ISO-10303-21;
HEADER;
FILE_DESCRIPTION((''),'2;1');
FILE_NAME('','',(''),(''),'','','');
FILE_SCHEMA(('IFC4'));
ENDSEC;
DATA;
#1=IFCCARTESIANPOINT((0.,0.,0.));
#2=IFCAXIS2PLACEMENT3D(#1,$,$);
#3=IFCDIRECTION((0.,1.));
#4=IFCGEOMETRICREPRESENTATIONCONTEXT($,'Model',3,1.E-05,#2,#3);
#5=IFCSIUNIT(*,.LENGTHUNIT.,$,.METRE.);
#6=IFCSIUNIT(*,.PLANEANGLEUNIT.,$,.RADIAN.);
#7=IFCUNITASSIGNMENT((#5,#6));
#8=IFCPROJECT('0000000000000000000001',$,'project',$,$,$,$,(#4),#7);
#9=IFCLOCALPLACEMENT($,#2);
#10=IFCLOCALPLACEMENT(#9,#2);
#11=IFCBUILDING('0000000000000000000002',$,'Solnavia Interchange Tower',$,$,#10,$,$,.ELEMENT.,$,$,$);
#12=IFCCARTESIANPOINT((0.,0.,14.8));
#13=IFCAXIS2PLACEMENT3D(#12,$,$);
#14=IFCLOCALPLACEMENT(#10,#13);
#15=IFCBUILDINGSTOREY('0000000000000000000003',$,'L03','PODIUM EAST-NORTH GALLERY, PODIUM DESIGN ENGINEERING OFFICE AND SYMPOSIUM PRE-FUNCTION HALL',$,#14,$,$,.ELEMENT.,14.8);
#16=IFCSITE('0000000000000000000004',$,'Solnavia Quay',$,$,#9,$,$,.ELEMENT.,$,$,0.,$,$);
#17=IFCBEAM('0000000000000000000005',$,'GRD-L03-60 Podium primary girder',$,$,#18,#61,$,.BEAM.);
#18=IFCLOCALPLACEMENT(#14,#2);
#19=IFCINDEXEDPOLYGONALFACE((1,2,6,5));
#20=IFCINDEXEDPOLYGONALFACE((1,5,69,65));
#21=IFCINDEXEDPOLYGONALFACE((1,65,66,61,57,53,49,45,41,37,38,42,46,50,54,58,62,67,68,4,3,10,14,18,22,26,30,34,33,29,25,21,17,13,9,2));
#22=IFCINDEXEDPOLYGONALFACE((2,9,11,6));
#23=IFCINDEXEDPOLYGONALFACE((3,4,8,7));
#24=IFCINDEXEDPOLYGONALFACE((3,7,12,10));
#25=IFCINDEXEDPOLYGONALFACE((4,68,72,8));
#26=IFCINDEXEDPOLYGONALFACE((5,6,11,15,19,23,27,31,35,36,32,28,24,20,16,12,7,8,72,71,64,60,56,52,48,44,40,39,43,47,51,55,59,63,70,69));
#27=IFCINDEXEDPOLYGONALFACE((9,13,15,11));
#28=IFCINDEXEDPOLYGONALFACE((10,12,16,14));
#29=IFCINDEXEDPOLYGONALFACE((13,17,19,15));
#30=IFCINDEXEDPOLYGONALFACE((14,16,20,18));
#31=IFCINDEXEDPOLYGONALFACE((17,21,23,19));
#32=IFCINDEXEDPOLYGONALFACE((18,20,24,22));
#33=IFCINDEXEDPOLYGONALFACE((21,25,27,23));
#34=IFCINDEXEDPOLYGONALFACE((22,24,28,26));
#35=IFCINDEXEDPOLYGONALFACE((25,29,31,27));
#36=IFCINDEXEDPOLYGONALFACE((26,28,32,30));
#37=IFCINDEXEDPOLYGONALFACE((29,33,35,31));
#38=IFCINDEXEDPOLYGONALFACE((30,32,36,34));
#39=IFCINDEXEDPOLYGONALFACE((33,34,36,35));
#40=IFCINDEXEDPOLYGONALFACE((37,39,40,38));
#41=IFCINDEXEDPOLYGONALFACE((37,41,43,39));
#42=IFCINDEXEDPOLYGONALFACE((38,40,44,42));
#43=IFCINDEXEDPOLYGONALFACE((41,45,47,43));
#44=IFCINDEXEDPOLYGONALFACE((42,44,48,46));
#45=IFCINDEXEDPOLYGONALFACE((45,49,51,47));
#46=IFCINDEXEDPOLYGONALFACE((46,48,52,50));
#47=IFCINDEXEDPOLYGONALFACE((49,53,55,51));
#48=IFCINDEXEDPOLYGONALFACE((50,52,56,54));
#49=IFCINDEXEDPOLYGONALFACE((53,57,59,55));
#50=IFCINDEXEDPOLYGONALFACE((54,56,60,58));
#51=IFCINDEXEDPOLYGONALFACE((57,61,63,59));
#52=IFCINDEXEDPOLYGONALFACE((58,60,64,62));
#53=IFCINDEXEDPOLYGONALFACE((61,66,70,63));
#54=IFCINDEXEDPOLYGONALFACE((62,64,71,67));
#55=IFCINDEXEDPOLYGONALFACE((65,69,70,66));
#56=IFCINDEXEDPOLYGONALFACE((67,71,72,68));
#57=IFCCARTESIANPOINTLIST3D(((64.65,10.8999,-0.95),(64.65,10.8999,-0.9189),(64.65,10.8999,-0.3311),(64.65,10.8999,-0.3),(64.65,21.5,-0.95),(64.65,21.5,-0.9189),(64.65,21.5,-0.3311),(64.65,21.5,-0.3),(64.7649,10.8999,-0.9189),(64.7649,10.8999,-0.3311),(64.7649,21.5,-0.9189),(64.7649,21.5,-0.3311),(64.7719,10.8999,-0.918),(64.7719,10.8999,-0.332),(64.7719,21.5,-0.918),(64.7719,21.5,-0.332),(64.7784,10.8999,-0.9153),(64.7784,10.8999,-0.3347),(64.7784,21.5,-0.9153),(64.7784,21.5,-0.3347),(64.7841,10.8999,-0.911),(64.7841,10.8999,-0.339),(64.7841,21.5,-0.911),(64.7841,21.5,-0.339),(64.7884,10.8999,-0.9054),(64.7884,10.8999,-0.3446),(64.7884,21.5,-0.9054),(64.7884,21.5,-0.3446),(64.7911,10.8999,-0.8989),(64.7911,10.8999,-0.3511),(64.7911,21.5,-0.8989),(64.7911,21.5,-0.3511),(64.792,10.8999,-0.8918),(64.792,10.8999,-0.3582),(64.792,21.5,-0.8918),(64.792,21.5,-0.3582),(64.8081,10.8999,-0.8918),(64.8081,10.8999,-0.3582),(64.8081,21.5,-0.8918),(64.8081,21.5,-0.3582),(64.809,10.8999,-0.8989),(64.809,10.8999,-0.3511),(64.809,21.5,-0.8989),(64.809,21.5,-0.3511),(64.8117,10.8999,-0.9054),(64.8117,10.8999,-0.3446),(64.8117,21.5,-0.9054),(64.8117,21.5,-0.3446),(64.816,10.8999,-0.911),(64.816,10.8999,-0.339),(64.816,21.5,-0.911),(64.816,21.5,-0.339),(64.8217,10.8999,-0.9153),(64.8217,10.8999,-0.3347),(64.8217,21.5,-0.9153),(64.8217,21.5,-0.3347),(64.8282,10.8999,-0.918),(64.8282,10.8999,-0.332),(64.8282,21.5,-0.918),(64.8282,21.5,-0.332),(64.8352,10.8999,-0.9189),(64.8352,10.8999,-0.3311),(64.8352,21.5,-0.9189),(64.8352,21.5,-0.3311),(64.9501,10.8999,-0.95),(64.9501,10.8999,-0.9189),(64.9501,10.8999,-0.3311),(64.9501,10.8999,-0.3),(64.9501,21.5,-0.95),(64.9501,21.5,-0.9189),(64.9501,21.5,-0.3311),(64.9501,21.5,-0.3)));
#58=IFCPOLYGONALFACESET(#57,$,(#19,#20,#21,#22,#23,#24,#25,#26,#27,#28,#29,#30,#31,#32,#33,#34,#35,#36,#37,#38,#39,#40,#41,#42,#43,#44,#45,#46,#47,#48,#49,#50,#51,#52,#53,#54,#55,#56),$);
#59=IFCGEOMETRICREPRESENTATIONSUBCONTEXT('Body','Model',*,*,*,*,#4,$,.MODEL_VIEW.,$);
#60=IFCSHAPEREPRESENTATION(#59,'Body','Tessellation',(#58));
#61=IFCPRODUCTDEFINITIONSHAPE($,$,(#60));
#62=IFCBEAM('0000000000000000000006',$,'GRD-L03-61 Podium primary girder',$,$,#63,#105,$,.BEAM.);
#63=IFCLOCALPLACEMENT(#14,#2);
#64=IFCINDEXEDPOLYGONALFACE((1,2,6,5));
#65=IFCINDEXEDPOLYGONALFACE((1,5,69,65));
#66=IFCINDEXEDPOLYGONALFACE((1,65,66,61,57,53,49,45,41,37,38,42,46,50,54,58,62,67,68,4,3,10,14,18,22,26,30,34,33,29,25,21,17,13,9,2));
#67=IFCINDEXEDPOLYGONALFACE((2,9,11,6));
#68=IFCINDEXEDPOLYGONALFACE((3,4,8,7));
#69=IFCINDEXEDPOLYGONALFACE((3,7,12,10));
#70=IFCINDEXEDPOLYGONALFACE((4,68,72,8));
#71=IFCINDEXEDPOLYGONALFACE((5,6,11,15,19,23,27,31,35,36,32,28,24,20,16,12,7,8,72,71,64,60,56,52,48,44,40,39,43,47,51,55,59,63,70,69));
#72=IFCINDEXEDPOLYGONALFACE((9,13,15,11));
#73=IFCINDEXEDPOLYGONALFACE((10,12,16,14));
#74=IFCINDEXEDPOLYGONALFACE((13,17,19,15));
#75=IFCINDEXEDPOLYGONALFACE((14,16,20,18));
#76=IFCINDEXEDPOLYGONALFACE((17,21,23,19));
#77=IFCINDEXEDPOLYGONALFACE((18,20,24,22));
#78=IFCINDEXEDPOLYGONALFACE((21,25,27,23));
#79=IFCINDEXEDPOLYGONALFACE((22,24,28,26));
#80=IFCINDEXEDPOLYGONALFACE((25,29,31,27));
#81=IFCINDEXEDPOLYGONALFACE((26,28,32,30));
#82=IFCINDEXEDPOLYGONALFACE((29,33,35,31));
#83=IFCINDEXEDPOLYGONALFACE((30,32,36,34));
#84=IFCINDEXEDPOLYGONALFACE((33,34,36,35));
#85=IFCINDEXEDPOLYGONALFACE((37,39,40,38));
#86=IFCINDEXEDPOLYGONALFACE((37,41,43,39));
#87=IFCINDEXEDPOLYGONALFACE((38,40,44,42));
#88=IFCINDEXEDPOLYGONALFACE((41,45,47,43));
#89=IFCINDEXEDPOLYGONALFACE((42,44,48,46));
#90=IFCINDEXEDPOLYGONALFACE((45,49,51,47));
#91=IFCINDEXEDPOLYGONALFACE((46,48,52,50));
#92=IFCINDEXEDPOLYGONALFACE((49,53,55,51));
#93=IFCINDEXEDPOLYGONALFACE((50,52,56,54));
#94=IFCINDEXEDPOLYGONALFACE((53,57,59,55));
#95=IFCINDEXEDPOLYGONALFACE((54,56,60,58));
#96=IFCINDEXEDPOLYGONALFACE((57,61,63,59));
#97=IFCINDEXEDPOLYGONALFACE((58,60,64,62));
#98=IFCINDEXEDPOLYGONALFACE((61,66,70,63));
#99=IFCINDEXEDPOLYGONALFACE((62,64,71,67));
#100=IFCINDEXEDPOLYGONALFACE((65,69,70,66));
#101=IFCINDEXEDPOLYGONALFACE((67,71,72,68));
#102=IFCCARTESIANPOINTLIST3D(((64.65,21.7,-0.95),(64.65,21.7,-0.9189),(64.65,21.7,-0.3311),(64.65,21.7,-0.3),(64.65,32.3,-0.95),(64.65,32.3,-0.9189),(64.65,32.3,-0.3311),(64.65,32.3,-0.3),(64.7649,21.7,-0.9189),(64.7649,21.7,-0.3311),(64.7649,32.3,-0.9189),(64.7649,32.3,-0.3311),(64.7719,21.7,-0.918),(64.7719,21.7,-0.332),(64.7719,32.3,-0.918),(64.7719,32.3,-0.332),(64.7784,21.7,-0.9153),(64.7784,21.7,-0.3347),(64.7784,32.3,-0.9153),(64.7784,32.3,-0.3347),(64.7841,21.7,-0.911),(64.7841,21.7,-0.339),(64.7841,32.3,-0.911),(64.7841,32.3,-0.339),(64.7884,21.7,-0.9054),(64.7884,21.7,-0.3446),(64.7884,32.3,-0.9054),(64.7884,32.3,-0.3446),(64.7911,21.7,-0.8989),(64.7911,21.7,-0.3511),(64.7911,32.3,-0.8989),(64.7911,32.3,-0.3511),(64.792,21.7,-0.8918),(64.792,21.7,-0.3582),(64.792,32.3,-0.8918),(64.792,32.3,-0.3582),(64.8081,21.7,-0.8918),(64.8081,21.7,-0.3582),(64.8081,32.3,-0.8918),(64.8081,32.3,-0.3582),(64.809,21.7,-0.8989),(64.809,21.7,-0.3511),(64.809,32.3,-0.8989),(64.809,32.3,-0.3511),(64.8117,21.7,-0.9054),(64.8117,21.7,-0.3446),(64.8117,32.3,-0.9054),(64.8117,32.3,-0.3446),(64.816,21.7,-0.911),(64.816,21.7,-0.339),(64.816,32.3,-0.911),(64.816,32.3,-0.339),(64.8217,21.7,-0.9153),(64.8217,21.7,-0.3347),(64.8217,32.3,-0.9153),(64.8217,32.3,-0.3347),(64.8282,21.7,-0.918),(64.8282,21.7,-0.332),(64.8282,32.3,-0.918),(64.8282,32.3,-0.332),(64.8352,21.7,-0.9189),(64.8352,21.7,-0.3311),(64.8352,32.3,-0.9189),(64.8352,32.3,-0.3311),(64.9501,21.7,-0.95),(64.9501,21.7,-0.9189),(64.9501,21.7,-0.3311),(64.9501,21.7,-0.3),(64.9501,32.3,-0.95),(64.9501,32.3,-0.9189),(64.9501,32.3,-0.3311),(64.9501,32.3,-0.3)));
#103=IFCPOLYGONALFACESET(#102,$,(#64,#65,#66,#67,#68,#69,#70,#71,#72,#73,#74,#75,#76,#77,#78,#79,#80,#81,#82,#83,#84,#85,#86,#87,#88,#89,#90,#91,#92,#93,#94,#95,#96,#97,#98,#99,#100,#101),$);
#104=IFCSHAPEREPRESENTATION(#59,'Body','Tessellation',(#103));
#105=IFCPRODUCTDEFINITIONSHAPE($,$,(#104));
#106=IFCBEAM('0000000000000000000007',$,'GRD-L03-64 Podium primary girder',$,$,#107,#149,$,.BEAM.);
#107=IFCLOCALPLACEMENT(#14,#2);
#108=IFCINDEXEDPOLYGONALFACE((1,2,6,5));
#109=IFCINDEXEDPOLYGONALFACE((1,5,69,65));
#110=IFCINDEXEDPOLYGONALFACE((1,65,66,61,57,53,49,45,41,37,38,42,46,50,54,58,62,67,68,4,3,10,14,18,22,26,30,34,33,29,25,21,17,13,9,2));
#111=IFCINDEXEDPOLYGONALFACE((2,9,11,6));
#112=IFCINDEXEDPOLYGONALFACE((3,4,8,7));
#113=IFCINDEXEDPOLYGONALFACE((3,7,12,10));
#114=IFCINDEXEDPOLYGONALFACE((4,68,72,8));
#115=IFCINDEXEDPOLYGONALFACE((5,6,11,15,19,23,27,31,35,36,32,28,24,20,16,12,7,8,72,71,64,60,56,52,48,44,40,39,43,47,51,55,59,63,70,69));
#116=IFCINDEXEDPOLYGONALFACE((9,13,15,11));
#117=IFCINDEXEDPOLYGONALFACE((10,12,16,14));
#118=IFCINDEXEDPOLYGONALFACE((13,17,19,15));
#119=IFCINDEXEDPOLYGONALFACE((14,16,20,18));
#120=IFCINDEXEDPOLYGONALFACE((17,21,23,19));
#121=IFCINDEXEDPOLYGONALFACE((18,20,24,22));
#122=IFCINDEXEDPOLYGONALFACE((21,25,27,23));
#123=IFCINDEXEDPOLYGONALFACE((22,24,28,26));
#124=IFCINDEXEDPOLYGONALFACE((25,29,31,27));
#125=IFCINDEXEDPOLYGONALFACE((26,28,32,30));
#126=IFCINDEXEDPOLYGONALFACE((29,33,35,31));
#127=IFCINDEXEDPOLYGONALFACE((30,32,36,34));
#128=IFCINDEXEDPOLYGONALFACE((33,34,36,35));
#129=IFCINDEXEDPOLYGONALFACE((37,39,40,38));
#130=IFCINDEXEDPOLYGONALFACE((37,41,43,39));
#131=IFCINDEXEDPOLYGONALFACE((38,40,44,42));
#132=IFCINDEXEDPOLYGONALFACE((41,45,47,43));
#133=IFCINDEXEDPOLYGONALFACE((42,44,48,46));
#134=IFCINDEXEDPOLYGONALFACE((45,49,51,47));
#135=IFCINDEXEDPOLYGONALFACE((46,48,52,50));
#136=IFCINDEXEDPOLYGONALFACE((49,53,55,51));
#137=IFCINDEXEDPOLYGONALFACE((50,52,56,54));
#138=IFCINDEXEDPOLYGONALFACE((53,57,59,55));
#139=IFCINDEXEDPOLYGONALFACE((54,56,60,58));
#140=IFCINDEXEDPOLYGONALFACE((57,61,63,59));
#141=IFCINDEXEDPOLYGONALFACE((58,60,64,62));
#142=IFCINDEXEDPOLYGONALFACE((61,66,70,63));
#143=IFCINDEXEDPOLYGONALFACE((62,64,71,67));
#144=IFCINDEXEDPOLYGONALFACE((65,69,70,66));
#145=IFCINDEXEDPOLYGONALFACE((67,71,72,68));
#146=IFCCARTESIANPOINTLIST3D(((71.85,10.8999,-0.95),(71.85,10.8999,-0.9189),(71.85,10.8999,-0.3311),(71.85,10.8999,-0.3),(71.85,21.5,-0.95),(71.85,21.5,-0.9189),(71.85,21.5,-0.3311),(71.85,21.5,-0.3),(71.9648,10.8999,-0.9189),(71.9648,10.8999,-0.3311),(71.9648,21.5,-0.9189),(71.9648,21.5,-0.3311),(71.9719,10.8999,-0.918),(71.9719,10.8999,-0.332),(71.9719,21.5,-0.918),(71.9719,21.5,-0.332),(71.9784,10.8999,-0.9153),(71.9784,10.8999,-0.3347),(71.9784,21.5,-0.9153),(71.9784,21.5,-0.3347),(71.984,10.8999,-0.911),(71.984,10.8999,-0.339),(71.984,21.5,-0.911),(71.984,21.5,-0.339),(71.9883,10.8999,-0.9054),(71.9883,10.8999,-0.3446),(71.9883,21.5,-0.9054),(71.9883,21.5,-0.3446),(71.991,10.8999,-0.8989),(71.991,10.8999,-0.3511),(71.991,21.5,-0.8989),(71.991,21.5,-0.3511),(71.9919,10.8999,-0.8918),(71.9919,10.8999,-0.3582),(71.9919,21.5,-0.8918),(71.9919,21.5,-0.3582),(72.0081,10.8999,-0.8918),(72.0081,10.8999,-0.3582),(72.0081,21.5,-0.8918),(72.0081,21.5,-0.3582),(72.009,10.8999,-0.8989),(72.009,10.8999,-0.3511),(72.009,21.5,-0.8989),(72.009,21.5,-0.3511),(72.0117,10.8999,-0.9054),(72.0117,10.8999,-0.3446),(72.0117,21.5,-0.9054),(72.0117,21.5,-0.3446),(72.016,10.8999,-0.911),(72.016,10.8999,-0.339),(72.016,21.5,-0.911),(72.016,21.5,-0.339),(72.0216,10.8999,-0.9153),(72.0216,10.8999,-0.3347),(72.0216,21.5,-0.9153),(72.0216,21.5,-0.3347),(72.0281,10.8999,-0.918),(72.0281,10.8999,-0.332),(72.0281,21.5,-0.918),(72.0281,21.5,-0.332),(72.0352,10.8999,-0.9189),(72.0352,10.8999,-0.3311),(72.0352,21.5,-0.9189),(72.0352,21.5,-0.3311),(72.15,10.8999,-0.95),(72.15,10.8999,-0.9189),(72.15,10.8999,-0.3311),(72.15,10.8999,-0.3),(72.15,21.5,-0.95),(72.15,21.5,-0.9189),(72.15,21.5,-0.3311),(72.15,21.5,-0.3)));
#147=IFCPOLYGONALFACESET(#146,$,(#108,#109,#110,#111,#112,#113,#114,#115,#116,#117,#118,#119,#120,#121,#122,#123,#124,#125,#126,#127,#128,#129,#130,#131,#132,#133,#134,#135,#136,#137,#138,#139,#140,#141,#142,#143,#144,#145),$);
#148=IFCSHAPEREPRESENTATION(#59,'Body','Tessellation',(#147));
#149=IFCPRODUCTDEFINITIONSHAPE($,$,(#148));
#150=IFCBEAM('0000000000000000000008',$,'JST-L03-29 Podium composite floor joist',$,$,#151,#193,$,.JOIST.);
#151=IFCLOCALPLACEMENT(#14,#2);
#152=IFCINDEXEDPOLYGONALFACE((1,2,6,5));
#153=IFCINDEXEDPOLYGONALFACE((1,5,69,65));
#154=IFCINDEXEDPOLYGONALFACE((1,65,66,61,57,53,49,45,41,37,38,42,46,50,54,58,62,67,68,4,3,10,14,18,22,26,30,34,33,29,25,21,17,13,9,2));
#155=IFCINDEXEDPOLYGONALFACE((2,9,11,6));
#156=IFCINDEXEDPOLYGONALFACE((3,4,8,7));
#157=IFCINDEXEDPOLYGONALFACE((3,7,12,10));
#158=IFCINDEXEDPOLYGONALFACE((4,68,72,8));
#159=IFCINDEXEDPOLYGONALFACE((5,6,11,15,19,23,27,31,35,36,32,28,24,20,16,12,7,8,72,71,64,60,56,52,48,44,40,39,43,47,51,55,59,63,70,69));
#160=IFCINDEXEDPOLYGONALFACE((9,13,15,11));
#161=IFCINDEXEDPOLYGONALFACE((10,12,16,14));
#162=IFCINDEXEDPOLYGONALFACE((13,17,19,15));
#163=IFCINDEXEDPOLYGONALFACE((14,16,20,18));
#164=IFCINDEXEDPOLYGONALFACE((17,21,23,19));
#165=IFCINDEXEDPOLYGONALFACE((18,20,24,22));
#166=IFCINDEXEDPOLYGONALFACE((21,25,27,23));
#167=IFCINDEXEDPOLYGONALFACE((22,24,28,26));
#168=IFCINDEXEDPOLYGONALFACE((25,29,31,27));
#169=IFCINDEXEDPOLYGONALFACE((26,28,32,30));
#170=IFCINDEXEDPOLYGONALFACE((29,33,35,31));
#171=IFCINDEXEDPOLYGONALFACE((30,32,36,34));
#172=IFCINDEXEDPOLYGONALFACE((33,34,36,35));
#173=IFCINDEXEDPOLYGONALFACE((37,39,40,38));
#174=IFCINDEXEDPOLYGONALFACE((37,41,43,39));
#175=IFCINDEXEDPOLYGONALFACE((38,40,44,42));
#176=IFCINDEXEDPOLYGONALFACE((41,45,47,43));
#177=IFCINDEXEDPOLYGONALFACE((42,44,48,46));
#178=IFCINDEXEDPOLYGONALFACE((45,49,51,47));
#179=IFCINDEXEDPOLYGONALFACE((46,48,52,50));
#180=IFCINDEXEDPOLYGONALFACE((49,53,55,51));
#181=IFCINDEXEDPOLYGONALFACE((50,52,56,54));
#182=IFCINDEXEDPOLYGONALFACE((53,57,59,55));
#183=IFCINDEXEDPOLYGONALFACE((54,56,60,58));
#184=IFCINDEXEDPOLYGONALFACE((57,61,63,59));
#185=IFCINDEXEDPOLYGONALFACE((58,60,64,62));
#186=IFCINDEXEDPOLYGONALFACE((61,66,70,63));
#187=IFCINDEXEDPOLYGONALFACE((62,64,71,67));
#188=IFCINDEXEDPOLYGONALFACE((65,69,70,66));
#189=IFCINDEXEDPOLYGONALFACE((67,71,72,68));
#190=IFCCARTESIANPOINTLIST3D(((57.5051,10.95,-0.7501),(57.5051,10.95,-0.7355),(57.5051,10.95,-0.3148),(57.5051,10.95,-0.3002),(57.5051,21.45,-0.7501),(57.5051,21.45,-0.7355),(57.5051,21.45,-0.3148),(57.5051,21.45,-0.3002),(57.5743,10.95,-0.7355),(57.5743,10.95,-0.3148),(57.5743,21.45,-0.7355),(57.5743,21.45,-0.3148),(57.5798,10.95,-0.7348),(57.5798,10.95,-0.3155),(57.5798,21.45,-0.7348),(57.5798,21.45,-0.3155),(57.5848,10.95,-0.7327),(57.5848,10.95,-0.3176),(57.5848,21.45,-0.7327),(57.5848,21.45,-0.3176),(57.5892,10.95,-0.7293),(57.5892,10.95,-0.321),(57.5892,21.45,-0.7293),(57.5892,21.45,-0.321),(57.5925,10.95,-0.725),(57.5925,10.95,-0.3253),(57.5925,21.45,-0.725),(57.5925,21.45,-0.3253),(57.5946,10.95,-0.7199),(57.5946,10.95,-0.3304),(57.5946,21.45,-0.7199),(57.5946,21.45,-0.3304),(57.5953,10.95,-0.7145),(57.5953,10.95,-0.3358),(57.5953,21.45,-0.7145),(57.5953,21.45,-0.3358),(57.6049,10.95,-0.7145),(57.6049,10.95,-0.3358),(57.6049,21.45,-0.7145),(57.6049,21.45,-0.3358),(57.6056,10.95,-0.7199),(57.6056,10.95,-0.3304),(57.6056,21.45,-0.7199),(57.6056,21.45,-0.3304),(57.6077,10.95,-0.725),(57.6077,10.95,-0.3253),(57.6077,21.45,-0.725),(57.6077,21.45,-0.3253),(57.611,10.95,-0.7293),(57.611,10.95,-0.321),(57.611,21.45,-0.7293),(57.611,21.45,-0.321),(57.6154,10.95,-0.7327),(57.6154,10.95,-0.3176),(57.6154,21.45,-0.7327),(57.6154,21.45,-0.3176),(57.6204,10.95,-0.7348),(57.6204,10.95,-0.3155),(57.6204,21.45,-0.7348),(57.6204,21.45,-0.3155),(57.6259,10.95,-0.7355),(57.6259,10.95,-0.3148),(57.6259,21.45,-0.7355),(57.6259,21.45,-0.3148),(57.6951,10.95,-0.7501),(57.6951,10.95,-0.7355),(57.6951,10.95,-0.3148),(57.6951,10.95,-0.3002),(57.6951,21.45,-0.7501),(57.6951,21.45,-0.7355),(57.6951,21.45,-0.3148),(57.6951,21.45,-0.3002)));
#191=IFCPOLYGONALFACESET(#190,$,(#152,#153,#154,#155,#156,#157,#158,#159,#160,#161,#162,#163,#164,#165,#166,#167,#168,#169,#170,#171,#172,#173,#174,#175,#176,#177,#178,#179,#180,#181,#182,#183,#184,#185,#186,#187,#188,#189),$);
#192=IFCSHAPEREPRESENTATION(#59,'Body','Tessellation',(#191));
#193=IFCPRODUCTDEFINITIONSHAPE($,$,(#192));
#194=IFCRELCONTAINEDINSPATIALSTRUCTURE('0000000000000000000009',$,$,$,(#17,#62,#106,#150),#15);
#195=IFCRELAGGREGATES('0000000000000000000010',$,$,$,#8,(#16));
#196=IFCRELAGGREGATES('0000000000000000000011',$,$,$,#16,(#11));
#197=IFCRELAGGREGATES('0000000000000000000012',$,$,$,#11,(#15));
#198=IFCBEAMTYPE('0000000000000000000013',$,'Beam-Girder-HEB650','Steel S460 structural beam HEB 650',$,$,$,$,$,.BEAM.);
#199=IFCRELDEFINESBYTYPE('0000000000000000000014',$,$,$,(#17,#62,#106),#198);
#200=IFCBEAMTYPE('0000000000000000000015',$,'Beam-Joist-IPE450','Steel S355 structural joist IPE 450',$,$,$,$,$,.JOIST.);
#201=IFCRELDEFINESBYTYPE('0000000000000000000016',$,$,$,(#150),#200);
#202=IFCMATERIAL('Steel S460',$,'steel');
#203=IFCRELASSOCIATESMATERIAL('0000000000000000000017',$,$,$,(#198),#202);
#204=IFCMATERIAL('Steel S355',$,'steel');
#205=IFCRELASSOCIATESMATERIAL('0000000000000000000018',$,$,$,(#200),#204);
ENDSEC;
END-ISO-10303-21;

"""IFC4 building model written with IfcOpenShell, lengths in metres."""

from ifc_helpers import new_model, si_unit, direction, frame, origin, origin_2d, place, context, subcontext, project, spatial, i_section, extrude, material, material_profile, profile_set, type_object, element, save


model = new_model("IFC4")

# Units and contexts
model_context = context("Model", 3, precision=1e-05, world=origin(), true_north=direction((0.0, 1.0)))
body_context = subcontext(model_context, "Body", "Model", "MODEL_VIEW")
ifc_project = project(units=[si_unit("LENGTHUNIT", "METRE"), si_unit("PLANEANGLEUNIT", "RADIAN")], contexts=[model_context])

# Site, building, storey
site_placement = place(None, origin())
site = spatial("IfcSite", under=ifc_project, at=site_placement, Name="Solnavia Quay", CompositionType="ELEMENT", RefElevation=0.0)
building_placement = place(site_placement, origin())
building = spatial("IfcBuilding", under=site, at=building_placement, Name="Solnavia Interchange Tower", CompositionType="ELEMENT")
storey_placement = place(building_placement, frame((0.0, 0.0, 14.8)))
storey = spatial("IfcBuildingStorey", under=building, at=storey_placement, Name="L03", Description="PODIUM EAST-NORTH GALLERY, PODIUM DESIGN ENGINEERING OFFICE AND SYMPOSIUM PRE-FUNCTION HALL", CompositionType="ELEMENT", Elevation=14.8)

# Beams
ifc_material_1 = material(Name="Steel S460", Category="steel")
ifc_material_profile_1 = material_profile(ifc_material_1, i_section(OverallWidth=0.3, OverallDepth=0.6499, WebThickness=0.0161, FlangeThickness=0.031, FilletRadius=0.0271, at=origin_2d()), Name="HEB 650")
ifc_profile_set_1 = profile_set([ifc_material_profile_1], Name="Steel S460")
beam_type_1 = type_object("IfcBeamType", Name="Beam-Girder-HEB650", Description="Steel S460 structural beam HEB 650", PredefinedType="BEAM", material=ifc_profile_set_1)
for number, where, z_axis, x_axis, name in (
    (1, (64.8, 10.8999, -0.625), (0.0, 1.0, 0.0), (-1.0, 0.0, 0.0), "GRD-L03-60 Podium primary girder"),
    (2, (64.8, 21.7, -0.625), (0.0, 1.0, 0.0), (-1.0, 0.0, 0.0), "GRD-L03-61 Podium primary girder"),
    (3, (72.0, 10.8999, -0.625), (0.0, 1.0, 0.0), (-1.0, 0.0, 0.0), "GRD-L03-64 Podium primary girder"),
):
    element("IfcBeam", number, at=place(storey_placement, frame(where, z_axis=z_axis, x_axis=x_axis)), inside=storey, type_object=beam_type_1, Name=name, PredefinedType="BEAM", context=body_context, shape_type="SweptSolid", body=[
        extrude(i_section(OverallWidth=0.3, OverallDepth=0.6499, WebThickness=0.0161, FlangeThickness=0.031, FilletRadius=0.0271, at=origin_2d()), origin(), (0.0, 0.0, 1.0), 10.6001),
    ])
ifc_material_2 = material(Name="Steel S355", Category="steel")
ifc_material_profile_2 = material_profile(ifc_material_2, i_section(OverallWidth=0.1899, OverallDepth=0.45, WebThickness=0.0095, FlangeThickness=0.0146, FilletRadius=0.021, at=origin_2d()), Name="IPE 450")
ifc_profile_set_2 = profile_set([ifc_material_profile_2], Name="Steel S355")
beam_type_2 = type_object("IfcBeamType", Name="Beam-Joist-IPE450", Description="Steel S355 structural joist IPE 450", PredefinedType="JOIST", material=ifc_profile_set_2)
for number, where, z_axis, x_axis, name in (
    (4, (57.6001, 10.95, -0.5251), (0.0, 1.0, 0.0), (-1.0, 0.0, 0.0), "JST-L03-29 Podium composite floor joist"),
):
    element("IfcBeam", number, at=place(storey_placement, frame(where, z_axis=z_axis, x_axis=x_axis)), inside=storey, type_object=beam_type_2, Name=name, PredefinedType="JOIST", context=body_context, shape_type="SweptSolid", body=[
        extrude(i_section(OverallWidth=0.1899, OverallDepth=0.45, WebThickness=0.0095, FlangeThickness=0.0146, FilletRadius=0.021, at=origin_2d()), origin(), (0.0, 0.0, 1.0), 10.5),
    ])

save(model, "model.ifc")
